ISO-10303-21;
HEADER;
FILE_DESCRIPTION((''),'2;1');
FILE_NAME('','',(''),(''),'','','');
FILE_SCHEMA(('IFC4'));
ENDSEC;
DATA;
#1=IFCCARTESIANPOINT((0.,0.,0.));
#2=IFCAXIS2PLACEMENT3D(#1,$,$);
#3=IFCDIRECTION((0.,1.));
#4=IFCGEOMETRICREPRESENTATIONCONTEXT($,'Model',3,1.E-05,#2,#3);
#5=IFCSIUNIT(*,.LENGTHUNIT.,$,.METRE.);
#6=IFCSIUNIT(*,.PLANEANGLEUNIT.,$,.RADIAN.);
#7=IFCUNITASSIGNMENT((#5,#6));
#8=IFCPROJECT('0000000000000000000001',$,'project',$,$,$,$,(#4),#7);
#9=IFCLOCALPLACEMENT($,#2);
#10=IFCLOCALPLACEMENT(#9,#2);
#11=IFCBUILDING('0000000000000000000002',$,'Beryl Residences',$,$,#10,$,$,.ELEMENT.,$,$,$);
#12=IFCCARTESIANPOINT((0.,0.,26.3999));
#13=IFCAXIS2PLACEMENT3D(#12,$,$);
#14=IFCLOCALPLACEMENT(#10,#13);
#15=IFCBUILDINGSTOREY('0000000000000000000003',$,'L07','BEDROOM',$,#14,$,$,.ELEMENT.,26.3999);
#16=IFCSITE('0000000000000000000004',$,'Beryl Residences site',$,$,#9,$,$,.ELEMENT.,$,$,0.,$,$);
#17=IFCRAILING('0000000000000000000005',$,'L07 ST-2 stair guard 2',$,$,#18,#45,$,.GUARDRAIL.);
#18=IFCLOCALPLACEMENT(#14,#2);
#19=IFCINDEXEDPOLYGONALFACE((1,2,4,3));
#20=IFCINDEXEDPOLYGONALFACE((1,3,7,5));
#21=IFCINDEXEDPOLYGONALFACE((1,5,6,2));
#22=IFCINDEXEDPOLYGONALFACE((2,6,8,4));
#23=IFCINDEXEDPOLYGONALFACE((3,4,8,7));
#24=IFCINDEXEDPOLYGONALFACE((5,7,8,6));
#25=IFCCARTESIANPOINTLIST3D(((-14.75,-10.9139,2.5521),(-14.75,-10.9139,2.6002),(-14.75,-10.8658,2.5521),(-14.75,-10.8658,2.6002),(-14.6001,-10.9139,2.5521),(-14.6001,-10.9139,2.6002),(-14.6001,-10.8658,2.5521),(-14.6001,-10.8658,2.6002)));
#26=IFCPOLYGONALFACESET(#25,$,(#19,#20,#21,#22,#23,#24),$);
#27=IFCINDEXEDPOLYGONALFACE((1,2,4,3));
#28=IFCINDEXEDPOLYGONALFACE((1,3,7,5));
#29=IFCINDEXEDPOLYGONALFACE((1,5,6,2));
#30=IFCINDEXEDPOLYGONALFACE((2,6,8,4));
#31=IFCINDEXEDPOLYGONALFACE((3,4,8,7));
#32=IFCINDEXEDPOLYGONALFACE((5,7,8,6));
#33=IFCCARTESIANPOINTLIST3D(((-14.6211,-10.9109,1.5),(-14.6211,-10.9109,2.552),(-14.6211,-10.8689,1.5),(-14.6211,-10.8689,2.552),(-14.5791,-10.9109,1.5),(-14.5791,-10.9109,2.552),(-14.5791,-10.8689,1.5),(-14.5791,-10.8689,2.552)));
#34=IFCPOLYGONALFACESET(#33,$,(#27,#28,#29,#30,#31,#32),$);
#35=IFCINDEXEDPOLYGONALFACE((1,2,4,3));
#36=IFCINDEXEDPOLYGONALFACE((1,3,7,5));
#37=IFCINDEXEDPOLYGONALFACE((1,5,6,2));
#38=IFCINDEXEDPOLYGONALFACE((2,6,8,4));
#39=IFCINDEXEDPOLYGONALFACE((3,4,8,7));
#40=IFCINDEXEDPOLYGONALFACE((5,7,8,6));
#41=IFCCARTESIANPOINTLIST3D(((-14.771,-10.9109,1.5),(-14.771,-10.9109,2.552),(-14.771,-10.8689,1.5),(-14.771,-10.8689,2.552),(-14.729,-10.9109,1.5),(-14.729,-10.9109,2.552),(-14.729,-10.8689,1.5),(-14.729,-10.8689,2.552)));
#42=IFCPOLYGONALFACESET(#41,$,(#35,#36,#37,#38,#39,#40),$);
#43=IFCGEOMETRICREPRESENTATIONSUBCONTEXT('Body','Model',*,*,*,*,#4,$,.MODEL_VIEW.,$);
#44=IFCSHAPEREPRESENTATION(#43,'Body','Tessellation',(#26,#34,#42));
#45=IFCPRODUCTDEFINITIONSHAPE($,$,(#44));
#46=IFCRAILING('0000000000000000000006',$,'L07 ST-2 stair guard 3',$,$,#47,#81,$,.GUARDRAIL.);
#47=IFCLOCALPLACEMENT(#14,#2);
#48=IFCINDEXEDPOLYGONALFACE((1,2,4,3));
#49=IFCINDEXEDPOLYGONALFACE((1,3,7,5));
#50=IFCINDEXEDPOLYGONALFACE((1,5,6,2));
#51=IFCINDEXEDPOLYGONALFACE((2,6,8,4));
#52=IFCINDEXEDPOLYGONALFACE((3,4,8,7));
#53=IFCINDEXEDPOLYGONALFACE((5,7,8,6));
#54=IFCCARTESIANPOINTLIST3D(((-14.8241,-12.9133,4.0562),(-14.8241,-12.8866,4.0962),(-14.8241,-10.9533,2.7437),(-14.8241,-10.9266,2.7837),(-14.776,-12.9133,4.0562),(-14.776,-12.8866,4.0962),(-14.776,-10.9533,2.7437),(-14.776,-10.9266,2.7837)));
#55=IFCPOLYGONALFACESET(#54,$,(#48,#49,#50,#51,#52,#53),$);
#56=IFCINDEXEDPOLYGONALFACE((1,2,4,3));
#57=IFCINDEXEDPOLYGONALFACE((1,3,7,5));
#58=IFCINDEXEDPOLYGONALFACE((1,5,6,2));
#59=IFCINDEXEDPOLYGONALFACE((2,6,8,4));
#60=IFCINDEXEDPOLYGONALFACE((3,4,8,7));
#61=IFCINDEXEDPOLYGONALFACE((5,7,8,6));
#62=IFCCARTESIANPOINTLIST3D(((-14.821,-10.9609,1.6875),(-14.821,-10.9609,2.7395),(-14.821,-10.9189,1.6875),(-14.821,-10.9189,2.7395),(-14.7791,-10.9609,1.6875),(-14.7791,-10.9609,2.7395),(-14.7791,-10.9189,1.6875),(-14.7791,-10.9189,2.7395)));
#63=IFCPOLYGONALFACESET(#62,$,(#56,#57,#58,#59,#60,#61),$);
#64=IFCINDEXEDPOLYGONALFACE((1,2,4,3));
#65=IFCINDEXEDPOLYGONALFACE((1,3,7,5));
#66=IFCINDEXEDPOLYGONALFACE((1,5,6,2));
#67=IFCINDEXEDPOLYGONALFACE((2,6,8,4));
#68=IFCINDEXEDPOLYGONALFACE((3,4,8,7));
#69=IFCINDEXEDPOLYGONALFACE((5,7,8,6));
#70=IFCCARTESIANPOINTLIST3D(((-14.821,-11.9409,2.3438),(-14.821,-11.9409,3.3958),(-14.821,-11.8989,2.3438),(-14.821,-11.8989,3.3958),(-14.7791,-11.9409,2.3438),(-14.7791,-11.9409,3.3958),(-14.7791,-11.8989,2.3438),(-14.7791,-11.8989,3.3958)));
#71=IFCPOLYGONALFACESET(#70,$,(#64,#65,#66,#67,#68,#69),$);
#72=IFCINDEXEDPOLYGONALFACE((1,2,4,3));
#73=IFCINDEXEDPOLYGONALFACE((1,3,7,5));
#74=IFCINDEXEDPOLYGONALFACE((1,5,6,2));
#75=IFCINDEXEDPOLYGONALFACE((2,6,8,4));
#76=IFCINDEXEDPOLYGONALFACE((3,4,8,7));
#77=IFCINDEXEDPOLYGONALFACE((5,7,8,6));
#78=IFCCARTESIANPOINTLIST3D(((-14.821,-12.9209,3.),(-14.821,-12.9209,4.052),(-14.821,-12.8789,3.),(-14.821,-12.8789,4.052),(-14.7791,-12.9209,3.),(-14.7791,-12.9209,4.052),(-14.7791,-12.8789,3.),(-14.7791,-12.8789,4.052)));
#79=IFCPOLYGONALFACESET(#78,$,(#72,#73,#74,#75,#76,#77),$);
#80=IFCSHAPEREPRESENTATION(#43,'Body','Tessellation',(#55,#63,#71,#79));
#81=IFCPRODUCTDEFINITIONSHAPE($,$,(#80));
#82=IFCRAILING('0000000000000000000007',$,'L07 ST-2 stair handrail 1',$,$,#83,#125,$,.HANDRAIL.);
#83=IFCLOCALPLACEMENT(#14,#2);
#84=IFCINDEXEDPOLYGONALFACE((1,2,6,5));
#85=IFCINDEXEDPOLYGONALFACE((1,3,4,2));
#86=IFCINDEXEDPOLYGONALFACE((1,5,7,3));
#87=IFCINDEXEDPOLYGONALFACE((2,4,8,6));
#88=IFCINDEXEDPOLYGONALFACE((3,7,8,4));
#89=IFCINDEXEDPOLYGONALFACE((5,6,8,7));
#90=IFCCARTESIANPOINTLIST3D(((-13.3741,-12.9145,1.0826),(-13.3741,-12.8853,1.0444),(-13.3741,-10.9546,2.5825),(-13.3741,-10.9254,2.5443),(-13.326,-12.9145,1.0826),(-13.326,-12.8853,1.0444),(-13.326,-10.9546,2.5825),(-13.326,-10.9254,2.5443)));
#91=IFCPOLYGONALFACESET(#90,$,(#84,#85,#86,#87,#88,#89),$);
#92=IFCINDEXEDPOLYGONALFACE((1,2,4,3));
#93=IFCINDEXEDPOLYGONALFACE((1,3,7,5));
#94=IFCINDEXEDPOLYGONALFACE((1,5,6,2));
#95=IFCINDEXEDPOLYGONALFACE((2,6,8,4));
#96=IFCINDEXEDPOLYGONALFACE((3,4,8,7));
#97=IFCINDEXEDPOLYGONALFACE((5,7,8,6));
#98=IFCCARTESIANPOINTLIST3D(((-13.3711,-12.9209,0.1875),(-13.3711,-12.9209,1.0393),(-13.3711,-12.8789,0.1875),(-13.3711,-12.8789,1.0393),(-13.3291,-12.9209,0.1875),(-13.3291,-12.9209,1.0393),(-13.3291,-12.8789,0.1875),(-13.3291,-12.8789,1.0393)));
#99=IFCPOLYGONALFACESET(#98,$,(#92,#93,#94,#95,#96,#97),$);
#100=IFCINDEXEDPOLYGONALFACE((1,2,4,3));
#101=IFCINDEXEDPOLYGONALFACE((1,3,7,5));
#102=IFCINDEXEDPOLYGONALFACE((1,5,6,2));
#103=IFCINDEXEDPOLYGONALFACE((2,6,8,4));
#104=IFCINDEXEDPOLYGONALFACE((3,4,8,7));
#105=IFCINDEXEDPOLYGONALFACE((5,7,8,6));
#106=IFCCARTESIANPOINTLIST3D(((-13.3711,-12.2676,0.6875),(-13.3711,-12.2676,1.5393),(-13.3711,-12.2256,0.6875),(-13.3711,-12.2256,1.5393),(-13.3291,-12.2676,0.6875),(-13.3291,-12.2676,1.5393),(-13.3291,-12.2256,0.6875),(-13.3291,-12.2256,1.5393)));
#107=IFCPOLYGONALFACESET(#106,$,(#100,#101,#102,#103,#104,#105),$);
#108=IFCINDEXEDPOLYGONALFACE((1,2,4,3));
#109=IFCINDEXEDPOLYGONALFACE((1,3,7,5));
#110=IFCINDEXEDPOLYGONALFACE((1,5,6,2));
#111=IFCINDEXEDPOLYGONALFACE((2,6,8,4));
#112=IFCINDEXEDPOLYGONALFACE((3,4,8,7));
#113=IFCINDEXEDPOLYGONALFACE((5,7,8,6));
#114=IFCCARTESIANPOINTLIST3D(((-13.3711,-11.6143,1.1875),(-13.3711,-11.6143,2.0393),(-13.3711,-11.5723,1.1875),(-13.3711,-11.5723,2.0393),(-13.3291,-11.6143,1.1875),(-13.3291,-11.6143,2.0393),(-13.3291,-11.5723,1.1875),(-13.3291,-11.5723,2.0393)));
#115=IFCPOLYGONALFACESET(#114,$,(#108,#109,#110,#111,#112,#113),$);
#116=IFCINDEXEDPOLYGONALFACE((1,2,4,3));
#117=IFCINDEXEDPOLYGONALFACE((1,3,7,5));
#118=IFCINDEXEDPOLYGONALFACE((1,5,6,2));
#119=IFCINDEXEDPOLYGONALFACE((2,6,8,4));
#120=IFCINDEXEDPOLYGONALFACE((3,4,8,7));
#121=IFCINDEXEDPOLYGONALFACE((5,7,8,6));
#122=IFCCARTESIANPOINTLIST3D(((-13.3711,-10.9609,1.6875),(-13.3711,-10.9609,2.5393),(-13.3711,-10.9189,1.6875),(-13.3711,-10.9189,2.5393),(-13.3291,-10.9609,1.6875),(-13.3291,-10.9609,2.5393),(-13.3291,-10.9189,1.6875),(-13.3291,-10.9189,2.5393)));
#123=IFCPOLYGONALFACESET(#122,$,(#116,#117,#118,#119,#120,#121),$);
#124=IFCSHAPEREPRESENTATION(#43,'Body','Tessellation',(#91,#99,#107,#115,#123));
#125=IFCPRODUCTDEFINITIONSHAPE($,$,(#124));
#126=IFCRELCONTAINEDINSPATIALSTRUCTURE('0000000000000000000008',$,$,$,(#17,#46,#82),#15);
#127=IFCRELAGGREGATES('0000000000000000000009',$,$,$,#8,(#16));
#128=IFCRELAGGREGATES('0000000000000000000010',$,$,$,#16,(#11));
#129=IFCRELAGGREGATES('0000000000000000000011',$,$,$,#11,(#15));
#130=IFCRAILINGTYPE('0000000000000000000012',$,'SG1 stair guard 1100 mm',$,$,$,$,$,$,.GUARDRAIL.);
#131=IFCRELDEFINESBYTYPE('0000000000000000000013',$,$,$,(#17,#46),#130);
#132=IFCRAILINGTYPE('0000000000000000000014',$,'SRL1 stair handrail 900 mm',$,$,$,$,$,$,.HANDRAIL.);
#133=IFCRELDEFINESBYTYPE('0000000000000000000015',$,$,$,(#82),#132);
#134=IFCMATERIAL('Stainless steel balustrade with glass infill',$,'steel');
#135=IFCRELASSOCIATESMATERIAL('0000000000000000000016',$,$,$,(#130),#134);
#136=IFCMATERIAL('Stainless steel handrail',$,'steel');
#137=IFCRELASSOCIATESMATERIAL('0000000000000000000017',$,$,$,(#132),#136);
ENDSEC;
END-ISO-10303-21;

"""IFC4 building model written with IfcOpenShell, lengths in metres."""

from ifc_helpers import new_model, si_unit, direction, frame, origin, origin_2d, place, context, subcontext, project, spatial, rectangle, extrude, material, type_object, element, save


model = new_model("IFC4")

# Units and contexts
model_context = context("Model", 3, precision=1e-05, world=origin(), true_north=direction((0.0, 1.0)))
body_context = subcontext(model_context, "Body", "Model", "MODEL_VIEW")
ifc_project = project(units=[si_unit("LENGTHUNIT", "METRE"), si_unit("PLANEANGLEUNIT", "RADIAN")], contexts=[model_context])

# Site, building, storey
site_placement = place(None, origin())
site = spatial("IfcSite", under=ifc_project, at=site_placement, Name="Beryl Residences site", CompositionType="ELEMENT", RefElevation=0.0)
building_placement = place(site_placement, origin())
building = spatial("IfcBuilding", under=site, at=building_placement, Name="Beryl Residences", CompositionType="ELEMENT")
storey_placement = place(building_placement, frame((0.0, 0.0, 26.3999)))
storey = spatial("IfcBuildingStorey", under=building, at=storey_placement, Name="L07", Description="BEDROOM", CompositionType="ELEMENT", Elevation=26.3999)

# Railings
ifc_material_1 = material(Name="Stainless steel balustrade with glass infill", Category="steel")
railing_type_1 = type_object("IfcRailingType", Name="SG1 stair guard 1100 mm", PredefinedType="GUARDRAIL", material=ifc_material_1)
railing_1_placement = place(storey_placement, frame((-14.6001, -10.8899, 1.5)))
element("IfcRailing", 1, at=railing_1_placement, inside=storey, type_object=railing_type_1, Name="L07 ST-2 stair guard 2", PredefinedType="GUARDRAIL", context=body_context, shape_type="SweptSolid", body=[
    extrude(rectangle(XDim=0.0481, YDim=0.0481, at=origin_2d()), frame((0.0, 0.0, 1.0762), z_axis=(-1.0, 0.0, 0.0), x_axis=(0.0, -1.0, 0.0)), (0.0, 0.0, 1.0), 0.1499),
    extrude(rectangle(XDim=0.042, YDim=0.042, at=origin_2d()), origin(), (0.0, 0.0, 1.0), 1.052),
    extrude(rectangle(XDim=0.042, YDim=0.042, at=origin_2d()), frame((-0.1499, 0.0, 0.0)), (0.0, 0.0, 1.0), 1.052),
])
railing_2_placement = place(storey_placement, frame((-14.8, -10.9399, 1.6875)))
element("IfcRailing", 2, at=railing_2_placement, inside=storey, type_object=railing_type_1, Name="L07 ST-2 stair guard 3", PredefinedType="GUARDRAIL", context=body_context, shape_type="SweptSolid", body=[
    extrude(rectangle(XDim=0.0481, YDim=0.0481, at=origin_2d()), frame((0.0, 0.0, 1.0762), z_axis=(0.0, -0.830902, 0.556419), x_axis=(1.0, 0.0, 0.0)), (0.0, 0.0, 1.0), 2.3589),
    extrude(rectangle(XDim=0.042, YDim=0.042, at=origin_2d()), origin(), (0.0, 0.0, 1.0), 1.052),
    extrude(rectangle(XDim=0.042, YDim=0.042, at=origin_2d()), frame((0.0, -0.98, 0.6562)), (0.0, 0.0, 1.0), 1.052),
    extrude(rectangle(XDim=0.042, YDim=0.042, at=origin_2d()), frame((0.0, -1.96, 1.3125)), (0.0, 0.0, 1.0), 1.052),
])
ifc_material_2 = material(Name="Stainless steel handrail", Category="steel")
railing_type_2 = type_object("IfcRailingType", Name="SRL1 stair handrail 900 mm", PredefinedType="HANDRAIL", material=ifc_material_2)
railing_3_placement = place(storey_placement, frame((-13.3501, -12.8999, 0.1875)))
element("IfcRailing", 3, at=railing_3_placement, inside=storey, type_object=railing_type_2, Name="L07 ST-2 stair handrail 1", PredefinedType="HANDRAIL", context=body_context, shape_type="SweptSolid", body=[
    extrude(rectangle(XDim=0.0481, YDim=0.0481, at=origin_2d()), frame((0.0, 0.0, 0.876), z_axis=(0.0, 0.794122, 0.607758), x_axis=(-1.0, 0.0, 0.0)), (0.0, 0.0, 1.0), 2.468),
    extrude(rectangle(XDim=0.042, YDim=0.042, at=origin_2d()), origin(), (0.0, 0.0, 1.0), 0.8518),
    extrude(rectangle(XDim=0.042, YDim=0.042, at=origin_2d()), frame((0.0, 0.6533, 0.5)), (0.0, 0.0, 1.0), 0.8518),
    extrude(rectangle(XDim=0.042, YDim=0.042, at=origin_2d()), frame((0.0, 1.3066, 1.0)), (0.0, 0.0, 1.0), 0.8518),
    extrude(rectangle(XDim=0.042, YDim=0.042, at=origin_2d()), frame((0.0, 1.96, 1.5)), (0.0, 0.0, 1.0), 0.8518),
])

save(model, "model.ifc")
